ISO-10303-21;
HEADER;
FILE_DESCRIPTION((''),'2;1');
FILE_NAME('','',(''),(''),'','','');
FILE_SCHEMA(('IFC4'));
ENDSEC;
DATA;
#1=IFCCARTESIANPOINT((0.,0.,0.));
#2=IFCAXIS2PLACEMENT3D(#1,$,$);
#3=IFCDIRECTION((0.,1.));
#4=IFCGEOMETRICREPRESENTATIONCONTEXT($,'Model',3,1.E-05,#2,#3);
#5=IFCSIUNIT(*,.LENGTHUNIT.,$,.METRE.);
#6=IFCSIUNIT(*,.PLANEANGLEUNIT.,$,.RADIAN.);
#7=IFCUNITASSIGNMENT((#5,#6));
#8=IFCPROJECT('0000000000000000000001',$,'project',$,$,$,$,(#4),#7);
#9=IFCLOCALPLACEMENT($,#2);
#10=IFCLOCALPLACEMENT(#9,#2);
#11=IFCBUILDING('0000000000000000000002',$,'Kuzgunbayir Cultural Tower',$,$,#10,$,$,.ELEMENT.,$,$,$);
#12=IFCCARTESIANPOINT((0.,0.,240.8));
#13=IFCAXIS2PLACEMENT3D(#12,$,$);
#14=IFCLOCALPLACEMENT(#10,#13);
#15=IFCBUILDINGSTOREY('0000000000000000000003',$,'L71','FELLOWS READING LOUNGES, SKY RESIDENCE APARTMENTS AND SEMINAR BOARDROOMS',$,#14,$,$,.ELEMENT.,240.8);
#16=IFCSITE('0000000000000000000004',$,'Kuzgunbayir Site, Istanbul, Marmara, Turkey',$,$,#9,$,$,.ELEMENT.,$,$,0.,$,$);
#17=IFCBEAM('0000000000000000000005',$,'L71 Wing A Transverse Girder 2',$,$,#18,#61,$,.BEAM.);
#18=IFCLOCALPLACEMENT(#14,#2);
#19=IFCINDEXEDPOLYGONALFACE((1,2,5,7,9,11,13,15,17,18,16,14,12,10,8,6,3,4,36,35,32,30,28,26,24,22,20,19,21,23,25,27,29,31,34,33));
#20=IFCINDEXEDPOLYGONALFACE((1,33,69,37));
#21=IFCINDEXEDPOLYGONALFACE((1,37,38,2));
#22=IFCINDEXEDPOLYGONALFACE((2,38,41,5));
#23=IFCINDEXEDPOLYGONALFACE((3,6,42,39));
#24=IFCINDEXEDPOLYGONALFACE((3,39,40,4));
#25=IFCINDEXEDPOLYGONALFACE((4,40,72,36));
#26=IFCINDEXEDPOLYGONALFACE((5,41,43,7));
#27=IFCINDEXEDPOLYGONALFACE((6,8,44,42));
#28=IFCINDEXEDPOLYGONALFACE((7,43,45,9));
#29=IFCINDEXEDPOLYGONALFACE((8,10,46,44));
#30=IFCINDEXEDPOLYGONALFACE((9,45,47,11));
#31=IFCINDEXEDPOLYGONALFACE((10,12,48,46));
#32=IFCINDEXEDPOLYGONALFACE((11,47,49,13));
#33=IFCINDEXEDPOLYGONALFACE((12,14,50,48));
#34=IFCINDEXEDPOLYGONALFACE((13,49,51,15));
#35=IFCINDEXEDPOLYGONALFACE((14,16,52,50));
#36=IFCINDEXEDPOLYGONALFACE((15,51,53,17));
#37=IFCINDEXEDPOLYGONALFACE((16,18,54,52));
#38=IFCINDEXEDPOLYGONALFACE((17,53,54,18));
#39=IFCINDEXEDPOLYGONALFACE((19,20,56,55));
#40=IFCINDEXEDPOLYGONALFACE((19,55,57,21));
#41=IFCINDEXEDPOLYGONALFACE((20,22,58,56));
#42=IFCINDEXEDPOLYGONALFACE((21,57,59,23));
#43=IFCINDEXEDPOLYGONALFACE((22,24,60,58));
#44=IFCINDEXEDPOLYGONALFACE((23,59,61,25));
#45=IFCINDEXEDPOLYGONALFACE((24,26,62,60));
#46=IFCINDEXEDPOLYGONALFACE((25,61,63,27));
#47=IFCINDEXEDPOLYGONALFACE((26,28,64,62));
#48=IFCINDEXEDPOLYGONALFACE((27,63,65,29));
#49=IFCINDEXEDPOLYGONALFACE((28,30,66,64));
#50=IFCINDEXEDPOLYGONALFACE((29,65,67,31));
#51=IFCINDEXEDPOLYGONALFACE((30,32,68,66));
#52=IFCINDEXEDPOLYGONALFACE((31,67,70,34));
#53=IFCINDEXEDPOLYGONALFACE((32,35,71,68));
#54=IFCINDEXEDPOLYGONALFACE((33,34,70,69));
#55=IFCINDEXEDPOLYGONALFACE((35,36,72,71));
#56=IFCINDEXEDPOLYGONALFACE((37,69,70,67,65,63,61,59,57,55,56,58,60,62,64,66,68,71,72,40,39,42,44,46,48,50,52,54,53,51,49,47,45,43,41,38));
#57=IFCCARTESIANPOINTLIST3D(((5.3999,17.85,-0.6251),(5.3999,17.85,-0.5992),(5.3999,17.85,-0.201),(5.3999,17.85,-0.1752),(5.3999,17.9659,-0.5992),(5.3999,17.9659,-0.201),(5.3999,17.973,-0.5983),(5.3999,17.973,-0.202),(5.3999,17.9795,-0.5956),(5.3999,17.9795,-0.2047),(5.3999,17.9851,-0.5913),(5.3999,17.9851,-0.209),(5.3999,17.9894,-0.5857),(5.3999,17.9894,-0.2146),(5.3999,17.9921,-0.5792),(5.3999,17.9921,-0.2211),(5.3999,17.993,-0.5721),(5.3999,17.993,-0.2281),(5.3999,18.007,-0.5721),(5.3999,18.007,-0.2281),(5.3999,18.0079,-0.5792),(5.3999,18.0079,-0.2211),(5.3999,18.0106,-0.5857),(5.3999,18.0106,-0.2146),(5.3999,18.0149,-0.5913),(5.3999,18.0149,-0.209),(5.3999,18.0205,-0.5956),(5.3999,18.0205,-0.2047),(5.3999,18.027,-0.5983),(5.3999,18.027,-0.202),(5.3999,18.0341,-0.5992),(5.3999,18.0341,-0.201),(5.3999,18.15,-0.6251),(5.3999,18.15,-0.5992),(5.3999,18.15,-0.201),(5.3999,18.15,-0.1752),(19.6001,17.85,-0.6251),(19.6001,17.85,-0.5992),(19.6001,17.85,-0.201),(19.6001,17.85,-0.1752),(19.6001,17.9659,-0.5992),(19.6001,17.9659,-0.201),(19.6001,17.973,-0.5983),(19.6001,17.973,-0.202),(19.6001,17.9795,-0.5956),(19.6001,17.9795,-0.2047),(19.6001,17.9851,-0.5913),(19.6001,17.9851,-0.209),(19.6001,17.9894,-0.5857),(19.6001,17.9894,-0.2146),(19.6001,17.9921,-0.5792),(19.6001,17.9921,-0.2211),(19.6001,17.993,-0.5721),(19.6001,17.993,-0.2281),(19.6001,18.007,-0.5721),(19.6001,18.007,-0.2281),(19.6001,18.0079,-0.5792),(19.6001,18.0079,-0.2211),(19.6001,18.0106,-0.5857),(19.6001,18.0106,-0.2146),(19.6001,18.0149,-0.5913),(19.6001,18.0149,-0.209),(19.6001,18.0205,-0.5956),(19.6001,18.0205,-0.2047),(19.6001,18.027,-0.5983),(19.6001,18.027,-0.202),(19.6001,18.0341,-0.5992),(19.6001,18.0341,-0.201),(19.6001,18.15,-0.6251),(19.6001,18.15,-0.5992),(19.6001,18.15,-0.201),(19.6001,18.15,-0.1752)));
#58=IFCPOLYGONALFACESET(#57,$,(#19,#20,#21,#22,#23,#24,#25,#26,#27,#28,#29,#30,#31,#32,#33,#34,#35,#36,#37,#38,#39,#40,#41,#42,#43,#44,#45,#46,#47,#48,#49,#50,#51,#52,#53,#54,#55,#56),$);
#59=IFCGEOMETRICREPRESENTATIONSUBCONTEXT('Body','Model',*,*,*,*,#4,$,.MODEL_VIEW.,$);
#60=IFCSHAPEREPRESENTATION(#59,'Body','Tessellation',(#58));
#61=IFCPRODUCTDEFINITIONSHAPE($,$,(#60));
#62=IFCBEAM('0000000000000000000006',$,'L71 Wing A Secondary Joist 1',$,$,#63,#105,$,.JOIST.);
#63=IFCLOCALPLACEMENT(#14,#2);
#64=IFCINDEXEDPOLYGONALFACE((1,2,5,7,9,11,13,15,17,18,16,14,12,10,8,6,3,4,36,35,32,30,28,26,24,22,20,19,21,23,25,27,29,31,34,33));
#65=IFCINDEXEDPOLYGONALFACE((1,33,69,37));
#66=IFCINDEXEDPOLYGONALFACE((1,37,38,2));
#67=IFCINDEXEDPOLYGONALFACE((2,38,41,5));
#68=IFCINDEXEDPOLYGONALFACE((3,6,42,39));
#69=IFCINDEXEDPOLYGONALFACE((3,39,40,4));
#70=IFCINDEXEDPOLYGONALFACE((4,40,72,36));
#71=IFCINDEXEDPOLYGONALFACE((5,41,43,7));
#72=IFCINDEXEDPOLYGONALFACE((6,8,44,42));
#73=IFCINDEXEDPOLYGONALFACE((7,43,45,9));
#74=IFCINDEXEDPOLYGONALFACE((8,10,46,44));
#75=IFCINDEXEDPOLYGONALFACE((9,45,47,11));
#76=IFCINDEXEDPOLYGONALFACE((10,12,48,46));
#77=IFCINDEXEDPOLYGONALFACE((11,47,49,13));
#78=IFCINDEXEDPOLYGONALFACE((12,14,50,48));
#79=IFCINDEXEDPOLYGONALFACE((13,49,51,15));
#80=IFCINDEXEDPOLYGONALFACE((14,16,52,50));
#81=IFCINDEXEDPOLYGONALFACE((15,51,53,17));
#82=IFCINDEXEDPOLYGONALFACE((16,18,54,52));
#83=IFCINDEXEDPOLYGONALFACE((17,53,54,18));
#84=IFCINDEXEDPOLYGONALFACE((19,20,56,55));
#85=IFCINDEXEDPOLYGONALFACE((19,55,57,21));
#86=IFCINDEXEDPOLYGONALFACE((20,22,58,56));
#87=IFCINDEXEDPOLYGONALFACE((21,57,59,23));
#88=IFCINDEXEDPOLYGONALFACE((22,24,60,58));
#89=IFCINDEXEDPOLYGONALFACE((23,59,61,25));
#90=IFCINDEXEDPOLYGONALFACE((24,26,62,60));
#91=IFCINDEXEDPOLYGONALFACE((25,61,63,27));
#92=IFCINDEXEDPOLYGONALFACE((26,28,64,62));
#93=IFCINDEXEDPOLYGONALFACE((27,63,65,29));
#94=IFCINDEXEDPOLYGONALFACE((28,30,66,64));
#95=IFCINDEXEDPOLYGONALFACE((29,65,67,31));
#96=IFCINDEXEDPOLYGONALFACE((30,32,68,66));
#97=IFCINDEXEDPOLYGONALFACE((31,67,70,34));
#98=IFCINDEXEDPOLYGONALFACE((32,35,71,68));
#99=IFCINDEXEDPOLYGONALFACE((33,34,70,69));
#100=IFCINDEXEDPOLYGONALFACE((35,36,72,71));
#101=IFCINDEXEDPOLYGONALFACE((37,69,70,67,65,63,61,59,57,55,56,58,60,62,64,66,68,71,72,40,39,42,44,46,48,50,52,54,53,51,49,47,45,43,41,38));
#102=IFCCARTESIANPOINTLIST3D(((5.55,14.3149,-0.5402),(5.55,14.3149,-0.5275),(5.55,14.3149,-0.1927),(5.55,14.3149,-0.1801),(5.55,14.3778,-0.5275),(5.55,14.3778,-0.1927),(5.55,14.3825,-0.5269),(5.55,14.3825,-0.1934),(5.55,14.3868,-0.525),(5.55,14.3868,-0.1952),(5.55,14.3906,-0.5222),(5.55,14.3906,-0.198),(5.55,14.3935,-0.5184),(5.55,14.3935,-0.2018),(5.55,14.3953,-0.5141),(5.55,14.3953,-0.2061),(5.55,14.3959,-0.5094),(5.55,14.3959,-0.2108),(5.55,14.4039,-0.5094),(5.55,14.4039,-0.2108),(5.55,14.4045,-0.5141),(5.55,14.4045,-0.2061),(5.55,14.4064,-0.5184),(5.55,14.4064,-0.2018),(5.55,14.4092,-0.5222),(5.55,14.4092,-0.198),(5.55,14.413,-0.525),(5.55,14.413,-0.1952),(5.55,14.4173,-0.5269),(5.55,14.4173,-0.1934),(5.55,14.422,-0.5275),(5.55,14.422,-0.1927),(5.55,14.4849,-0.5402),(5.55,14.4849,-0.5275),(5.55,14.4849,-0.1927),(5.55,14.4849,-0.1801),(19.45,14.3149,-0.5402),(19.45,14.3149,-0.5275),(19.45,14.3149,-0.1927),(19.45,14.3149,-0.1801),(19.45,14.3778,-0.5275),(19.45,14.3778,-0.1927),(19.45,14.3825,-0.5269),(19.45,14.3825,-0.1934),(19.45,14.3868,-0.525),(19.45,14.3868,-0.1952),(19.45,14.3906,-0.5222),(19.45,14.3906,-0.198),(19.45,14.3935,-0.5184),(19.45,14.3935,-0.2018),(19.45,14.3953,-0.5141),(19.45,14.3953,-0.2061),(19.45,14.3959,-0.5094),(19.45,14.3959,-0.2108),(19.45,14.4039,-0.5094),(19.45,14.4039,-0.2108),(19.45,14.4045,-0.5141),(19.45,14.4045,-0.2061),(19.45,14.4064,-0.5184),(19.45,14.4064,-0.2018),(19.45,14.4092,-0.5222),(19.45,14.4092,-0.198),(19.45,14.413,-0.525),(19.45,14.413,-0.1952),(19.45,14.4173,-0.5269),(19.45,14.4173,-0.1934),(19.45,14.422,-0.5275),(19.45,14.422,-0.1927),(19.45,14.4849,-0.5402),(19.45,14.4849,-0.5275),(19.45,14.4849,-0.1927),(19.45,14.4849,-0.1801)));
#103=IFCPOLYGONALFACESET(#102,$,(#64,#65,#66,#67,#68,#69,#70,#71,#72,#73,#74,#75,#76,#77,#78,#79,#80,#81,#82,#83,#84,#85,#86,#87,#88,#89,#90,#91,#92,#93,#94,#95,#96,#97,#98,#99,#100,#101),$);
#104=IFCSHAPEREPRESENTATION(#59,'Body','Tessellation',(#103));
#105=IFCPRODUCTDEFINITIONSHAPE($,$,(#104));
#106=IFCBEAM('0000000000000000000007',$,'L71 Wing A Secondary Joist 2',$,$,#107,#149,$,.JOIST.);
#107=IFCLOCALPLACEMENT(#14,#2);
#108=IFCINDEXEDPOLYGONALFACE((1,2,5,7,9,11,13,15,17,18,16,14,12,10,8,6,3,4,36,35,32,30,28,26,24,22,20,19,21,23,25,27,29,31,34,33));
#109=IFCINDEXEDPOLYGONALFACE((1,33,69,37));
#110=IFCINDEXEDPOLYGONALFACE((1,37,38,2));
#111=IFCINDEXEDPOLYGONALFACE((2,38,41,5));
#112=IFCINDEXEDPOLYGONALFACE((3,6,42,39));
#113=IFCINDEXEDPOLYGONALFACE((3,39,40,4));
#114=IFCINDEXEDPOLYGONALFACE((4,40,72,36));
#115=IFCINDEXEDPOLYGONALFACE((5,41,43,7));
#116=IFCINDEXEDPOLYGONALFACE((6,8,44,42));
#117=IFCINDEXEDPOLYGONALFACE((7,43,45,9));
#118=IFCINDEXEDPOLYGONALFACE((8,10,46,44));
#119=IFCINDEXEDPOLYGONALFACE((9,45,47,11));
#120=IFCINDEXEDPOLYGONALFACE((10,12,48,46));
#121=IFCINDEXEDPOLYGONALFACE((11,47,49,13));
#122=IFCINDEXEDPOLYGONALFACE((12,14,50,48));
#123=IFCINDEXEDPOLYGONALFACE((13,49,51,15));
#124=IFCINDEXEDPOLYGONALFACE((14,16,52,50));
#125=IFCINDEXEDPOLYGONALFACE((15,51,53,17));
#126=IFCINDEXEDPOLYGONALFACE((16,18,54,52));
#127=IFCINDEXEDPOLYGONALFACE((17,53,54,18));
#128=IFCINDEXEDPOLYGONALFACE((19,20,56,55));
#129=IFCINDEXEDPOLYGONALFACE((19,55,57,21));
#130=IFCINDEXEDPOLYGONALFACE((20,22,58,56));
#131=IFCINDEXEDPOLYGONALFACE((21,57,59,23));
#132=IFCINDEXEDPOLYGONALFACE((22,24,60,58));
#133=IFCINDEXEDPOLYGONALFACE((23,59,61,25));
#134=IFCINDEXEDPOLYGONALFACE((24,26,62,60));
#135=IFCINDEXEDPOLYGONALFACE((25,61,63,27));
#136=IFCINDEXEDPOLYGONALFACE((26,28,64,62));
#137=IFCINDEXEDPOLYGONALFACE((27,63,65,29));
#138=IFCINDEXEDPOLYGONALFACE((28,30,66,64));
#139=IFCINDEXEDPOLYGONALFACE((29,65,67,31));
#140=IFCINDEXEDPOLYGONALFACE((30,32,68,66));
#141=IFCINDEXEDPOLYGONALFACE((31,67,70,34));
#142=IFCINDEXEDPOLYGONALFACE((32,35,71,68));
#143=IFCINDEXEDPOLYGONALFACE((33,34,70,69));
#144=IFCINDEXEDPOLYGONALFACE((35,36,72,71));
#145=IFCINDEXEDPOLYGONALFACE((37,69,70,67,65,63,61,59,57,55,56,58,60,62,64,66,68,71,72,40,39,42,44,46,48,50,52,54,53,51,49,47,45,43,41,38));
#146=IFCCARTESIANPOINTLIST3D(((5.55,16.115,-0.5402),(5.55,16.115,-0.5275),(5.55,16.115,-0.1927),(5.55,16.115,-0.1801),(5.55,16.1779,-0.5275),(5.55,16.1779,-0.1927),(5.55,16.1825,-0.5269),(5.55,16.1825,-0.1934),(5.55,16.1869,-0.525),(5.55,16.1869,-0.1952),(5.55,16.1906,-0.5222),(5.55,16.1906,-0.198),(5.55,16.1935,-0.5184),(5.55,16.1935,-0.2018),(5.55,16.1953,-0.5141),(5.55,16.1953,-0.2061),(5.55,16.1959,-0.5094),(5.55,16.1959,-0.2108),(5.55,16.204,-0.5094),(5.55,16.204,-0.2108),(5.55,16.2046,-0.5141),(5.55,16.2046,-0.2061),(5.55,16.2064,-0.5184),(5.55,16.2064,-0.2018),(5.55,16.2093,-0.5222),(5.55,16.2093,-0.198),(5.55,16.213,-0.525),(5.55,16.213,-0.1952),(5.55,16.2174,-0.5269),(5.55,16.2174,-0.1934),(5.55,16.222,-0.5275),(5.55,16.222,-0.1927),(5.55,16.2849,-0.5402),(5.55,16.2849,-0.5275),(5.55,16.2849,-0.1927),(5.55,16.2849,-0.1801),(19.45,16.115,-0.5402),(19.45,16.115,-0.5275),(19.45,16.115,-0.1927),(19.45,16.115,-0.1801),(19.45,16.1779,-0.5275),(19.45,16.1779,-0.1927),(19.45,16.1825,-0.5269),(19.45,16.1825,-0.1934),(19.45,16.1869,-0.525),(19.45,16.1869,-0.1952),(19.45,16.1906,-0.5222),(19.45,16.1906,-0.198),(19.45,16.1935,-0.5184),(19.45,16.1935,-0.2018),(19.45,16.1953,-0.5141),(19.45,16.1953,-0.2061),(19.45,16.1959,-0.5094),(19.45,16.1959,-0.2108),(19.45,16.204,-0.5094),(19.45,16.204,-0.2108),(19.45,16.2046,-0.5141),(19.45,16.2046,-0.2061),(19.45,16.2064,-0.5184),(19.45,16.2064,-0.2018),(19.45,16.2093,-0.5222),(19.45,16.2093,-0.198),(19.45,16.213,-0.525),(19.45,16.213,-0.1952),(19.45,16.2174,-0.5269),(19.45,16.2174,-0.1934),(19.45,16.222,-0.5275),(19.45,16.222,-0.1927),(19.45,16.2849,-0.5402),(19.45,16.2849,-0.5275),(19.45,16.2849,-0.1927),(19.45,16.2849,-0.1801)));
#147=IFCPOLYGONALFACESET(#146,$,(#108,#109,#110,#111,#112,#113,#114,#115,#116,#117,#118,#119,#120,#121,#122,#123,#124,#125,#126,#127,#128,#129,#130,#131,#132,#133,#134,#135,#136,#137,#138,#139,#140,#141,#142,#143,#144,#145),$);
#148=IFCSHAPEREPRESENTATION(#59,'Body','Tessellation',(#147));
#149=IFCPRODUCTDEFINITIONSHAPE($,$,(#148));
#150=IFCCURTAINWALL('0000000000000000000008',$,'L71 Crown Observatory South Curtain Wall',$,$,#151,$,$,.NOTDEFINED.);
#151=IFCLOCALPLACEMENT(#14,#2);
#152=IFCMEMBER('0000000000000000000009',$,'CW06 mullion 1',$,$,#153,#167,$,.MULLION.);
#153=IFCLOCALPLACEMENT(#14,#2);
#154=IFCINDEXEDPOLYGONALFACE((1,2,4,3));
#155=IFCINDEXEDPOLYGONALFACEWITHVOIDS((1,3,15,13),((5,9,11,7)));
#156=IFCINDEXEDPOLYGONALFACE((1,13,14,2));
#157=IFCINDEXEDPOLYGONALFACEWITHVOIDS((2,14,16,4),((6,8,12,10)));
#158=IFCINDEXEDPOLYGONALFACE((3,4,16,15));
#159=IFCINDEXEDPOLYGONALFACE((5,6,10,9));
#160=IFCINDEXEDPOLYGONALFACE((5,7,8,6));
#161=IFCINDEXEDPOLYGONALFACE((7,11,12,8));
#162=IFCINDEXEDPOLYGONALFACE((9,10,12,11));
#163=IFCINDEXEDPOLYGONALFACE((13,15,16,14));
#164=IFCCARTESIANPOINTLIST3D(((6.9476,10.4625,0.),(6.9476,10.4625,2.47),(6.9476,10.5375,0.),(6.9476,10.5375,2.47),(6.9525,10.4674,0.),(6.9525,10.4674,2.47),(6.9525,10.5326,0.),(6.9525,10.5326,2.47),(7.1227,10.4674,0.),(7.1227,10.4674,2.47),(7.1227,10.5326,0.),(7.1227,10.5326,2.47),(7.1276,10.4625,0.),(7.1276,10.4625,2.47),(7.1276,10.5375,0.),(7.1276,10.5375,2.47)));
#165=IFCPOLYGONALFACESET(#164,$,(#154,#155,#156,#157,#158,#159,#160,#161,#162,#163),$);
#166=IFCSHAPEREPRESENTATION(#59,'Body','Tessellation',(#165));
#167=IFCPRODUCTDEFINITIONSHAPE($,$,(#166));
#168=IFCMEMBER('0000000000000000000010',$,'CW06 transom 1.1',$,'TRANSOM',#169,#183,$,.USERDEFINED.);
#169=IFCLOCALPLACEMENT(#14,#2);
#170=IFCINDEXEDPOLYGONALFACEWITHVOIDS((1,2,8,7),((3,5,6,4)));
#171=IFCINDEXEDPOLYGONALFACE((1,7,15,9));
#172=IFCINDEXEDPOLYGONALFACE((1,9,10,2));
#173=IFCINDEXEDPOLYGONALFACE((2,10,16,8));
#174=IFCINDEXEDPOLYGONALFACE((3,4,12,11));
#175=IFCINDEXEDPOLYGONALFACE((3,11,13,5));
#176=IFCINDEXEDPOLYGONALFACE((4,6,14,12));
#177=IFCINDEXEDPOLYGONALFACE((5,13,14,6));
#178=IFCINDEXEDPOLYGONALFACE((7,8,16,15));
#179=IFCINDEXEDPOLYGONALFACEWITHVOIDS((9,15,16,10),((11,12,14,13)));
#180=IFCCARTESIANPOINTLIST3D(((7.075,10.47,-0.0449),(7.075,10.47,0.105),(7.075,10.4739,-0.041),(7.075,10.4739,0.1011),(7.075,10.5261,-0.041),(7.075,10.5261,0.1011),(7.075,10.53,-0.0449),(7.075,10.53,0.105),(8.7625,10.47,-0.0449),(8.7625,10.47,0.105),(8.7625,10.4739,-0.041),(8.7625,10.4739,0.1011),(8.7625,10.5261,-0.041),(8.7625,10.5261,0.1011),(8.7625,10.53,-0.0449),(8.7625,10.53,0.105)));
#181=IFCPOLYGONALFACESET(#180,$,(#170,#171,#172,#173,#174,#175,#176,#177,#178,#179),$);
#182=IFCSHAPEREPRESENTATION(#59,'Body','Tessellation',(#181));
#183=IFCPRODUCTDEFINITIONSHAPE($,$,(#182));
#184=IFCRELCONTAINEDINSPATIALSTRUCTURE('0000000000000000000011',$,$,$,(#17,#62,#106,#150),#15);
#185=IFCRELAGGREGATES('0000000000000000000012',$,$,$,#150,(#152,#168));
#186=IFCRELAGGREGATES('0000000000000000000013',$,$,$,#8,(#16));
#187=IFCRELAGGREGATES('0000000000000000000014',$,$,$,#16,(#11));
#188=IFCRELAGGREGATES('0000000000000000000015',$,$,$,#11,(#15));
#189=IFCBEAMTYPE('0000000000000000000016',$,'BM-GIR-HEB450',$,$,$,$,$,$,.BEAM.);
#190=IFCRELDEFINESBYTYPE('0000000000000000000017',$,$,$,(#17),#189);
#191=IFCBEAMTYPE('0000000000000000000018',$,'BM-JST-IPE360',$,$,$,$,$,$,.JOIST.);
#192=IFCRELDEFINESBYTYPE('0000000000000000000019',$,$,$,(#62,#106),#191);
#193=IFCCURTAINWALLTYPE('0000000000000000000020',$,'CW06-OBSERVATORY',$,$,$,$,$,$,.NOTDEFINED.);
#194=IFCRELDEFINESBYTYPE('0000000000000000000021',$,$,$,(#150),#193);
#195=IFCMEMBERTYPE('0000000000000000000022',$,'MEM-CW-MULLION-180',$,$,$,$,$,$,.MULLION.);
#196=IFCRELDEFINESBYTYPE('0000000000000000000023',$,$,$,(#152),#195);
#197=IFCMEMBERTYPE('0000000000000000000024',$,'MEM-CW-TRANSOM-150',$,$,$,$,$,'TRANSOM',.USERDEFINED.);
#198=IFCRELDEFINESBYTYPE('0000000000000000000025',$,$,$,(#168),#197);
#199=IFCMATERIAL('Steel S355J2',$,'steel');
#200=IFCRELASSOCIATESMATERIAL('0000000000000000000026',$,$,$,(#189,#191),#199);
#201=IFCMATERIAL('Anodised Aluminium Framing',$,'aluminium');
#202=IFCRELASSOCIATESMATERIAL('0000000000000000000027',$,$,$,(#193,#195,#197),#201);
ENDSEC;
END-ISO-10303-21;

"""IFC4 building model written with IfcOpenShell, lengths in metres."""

from ifc_helpers import new_model, si_unit, direction, frame, origin, origin_2d, place, context, subcontext, project, spatial, hollow_rectangle, i_section, extrude, material, material_profile, profile_set, type_object, element, aggregate, save


model = new_model("IFC4")

# Units and contexts
model_context = context("Model", 3, precision=1e-05, world=origin(), true_north=direction((0.0, 1.0)))
body_context = subcontext(model_context, "Body", "Model", "MODEL_VIEW")
ifc_project = project(units=[si_unit("LENGTHUNIT", "METRE"), si_unit("PLANEANGLEUNIT", "RADIAN")], contexts=[model_context])

# Site, building, storey
site_placement = place(None, origin())
site = spatial("IfcSite", under=ifc_project, at=site_placement, Name="Kuzgunbayir Site, Istanbul, Marmara, Turkey", CompositionType="ELEMENT", RefElevation=0.0)
building_placement = place(site_placement, origin())
building = spatial("IfcBuilding", under=site, at=building_placement, Name="Kuzgunbayir Cultural Tower", CompositionType="ELEMENT")
storey_placement = place(building_placement, frame((0.0, 0.0, 240.8)))
storey = spatial("IfcBuildingStorey", under=building, at=storey_placement, Name="L71", Description="FELLOWS READING LOUNGES, SKY RESIDENCE APARTMENTS AND SEMINAR BOARDROOMS", CompositionType="ELEMENT", Elevation=240.8)

# Beams
ifc_material_1 = material(Name="Steel S355J2", Category="steel")
ifc_material_profile_1 = material_profile(ifc_material_1, i_section(OverallWidth=0.3, OverallDepth=0.45, WebThickness=0.0139, FlangeThickness=0.0259, FilletRadius=0.0271, at=origin_2d()), Name="HEB 450")
ifc_profile_set_1 = profile_set([ifc_material_profile_1], Name="Steel S355J2")
beam_type_1 = type_object("IfcBeamType", Name="BM-GIR-HEB450", PredefinedType="BEAM", material=ifc_profile_set_1)
for number, where, z_axis, x_axis, name in (
    (1, (5.3999, 18.0, -0.4001), (1.0, 0.0, 0.0), (0.0, 1.0, 0.0), "L71 Wing A Transverse Girder 2"),
):
    element("IfcBeam", number, at=place(storey_placement, frame(where, z_axis=z_axis, x_axis=x_axis)), inside=storey, type_object=beam_type_1, Name=name, PredefinedType="BEAM", context=body_context, shape_type="SweptSolid", body=[
        extrude(i_section(OverallWidth=0.3, OverallDepth=0.45, WebThickness=0.0139, FlangeThickness=0.0259, FilletRadius=0.0271, at=origin_2d()), origin(), (0.0, 0.0, 1.0), 14.2002),
    ])
ifc_material_profile_2 = material_profile(ifc_material_1, i_section(OverallWidth=0.1699, OverallDepth=0.3601, WebThickness=0.0081, FlangeThickness=0.0127, FilletRadius=0.0181, at=origin_2d()), Name="IPE 360")
ifc_profile_set_2 = profile_set([ifc_material_profile_2], Name="Steel S355J2")
beam_type_2 = type_object("IfcBeamType", Name="BM-JST-IPE360", PredefinedType="JOIST", material=ifc_profile_set_2)
for number, where, z_axis, x_axis, name in (
    (2, (5.55, 14.3999, -0.3601), (1.0, 0.0, 0.0), (0.0, 1.0, 0.0), "L71 Wing A Secondary Joist 1"),
    (3, (5.55, 16.2, -0.3601), (1.0, 0.0, 0.0), (0.0, 1.0, 0.0), "L71 Wing A Secondary Joist 2"),
):
    element("IfcBeam", number, at=place(storey_placement, frame(where, z_axis=z_axis, x_axis=x_axis)), inside=storey, type_object=beam_type_2, Name=name, PredefinedType="JOIST", context=body_context, shape_type="SweptSolid", body=[
        extrude(i_section(OverallWidth=0.1699, OverallDepth=0.3601, WebThickness=0.0081, FlangeThickness=0.0127, FilletRadius=0.0181, at=origin_2d()), origin(), (0.0, 0.0, 1.0), 13.8999),
    ])

# Curtain wall, members
ifc_material_2 = material(Name="Anodised Aluminium Framing", Category="aluminium")
curtain_wall_type = type_object("IfcCurtainWallType", Name="CW06-OBSERVATORY", PredefinedType="NOTDEFINED", material=ifc_material_2)
curtain_wall_placement = place(storey_placement, origin())
curtain_wall = element("IfcCurtainWall", 4, at=curtain_wall_placement, inside=storey, type_object=curtain_wall_type, Name="L71 Crown Observatory South Curtain Wall", PredefinedType="NOTDEFINED")
ifc_material_profile_3 = material_profile(ifc_material_2, hollow_rectangle(XDim=0.075, YDim=0.1799, WallThickness=0.0049, at=origin_2d()), Name="RHS 180x75x5")
ifc_profile_set_3 = profile_set([ifc_material_profile_3], Name="Anodised Aluminium Framing")
member_type_1 = type_object("IfcMemberType", Name="MEM-CW-MULLION-180", PredefinedType="MULLION", material=ifc_profile_set_3)
member_1_placement = place(storey_placement, frame((7.0376, 10.5, 0.0), z_axis=(0.0, 0.0, 1.0), x_axis=(0.0, 1.0, 0.0)))
member_1 = element("IfcMember", 5, at=member_1_placement, type_object=member_type_1, Name="CW06 mullion 1", PredefinedType="MULLION", context=body_context, shape_type="SweptSolid", body=[
    extrude(hollow_rectangle(XDim=0.075, YDim=0.1799, WallThickness=0.0049, at=origin_2d()), origin(), (0.0, 0.0, 1.0), 2.47),
])
ifc_material_profile_4 = material_profile(ifc_material_2, hollow_rectangle(XDim=0.0601, YDim=0.1499, WallThickness=0.0039, at=origin_2d()), Name="RHS 150x60x4")
ifc_profile_set_4 = profile_set([ifc_material_profile_4], Name="Anodised Aluminium Framing")
member_type_2 = type_object("IfcMemberType", Name="MEM-CW-TRANSOM-150", ElementType="TRANSOM", PredefinedType="USERDEFINED", material=ifc_profile_set_4)
member_2_placement = place(storey_placement, frame((7.075, 10.5, 0.03), z_axis=(1.0, 0.0, 0.0), x_axis=(0.0, 1.0, 0.0)))
member_2 = element("IfcMember", 6, at=member_2_placement, type_object=member_type_2, Name="CW06 transom 1.1", ObjectType="TRANSOM", PredefinedType="USERDEFINED", context=body_context, shape_type="SweptSolid", body=[
    extrude(hollow_rectangle(XDim=0.0601, YDim=0.1499, WallThickness=0.0039, at=origin_2d()), origin(), (0.0, 0.0, 1.0), 1.6875),
])
aggregate(curtain_wall, [member_1, member_2])

save(model, "model.ifc")
